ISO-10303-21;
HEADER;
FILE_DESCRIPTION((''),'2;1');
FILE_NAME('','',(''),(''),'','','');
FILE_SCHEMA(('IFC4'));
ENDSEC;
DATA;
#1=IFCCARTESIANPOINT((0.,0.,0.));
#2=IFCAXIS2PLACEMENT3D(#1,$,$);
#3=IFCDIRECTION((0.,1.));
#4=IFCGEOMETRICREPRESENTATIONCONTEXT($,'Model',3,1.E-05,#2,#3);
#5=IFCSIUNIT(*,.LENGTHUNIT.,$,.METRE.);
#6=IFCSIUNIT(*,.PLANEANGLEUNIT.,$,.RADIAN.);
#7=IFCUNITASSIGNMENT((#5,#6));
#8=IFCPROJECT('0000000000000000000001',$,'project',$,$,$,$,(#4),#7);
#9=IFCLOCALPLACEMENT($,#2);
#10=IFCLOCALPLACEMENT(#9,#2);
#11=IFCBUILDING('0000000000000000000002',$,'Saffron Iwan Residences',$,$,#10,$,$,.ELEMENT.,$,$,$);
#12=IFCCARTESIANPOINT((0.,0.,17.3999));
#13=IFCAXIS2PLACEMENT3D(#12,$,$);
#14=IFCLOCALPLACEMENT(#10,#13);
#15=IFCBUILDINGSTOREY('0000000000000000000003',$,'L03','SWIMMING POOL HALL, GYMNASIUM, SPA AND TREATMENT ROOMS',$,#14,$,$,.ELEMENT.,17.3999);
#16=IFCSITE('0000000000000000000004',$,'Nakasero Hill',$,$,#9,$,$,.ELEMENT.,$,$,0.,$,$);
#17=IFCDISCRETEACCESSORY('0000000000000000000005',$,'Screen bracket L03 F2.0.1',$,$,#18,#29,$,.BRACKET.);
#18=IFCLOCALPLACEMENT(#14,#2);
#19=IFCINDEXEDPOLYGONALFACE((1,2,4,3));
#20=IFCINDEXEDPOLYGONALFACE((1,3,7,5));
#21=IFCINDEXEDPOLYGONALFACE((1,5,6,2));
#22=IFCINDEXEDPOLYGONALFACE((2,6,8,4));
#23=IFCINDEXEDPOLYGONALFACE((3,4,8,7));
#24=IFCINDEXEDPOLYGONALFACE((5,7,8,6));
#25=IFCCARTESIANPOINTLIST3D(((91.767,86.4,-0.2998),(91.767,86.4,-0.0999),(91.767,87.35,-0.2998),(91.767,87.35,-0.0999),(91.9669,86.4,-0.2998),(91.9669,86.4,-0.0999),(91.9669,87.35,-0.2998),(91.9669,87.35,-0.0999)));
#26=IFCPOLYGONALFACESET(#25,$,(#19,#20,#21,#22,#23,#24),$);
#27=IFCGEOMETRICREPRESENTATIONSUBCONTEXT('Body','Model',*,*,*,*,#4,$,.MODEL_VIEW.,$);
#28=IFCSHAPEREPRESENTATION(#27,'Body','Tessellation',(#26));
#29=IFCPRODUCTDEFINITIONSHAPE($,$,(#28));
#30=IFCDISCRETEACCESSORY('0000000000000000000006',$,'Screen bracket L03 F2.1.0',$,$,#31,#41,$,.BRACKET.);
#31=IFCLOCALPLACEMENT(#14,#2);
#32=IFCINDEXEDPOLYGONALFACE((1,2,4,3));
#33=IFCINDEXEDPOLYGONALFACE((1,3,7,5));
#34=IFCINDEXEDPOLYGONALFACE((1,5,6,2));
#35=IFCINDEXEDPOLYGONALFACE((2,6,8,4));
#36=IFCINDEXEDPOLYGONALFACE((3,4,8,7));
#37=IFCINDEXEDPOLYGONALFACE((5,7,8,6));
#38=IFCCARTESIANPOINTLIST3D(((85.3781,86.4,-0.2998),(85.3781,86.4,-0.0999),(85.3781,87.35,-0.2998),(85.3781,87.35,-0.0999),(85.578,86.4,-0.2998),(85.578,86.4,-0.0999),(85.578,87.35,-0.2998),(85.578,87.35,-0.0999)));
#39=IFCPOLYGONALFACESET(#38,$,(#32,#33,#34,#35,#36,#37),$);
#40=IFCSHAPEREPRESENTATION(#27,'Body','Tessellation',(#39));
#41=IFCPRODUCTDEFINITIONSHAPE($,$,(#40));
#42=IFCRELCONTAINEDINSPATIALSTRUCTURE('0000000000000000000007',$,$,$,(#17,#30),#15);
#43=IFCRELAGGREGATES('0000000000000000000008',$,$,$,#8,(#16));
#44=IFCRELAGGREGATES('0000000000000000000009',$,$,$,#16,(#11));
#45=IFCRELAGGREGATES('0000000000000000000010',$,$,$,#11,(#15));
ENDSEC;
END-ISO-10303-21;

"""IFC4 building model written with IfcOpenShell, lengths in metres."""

from ifc_helpers import new_model, si_unit, direction, frame, origin, origin_2d, place, context, subcontext, project, spatial, rectangle, extrude, source, transform, mapped, element, save


model = new_model("IFC4")

# Units and contexts
model_context = context("Model", 3, precision=1e-05, world=origin(), true_north=direction((0.0, 1.0)))
body_context = subcontext(model_context, "Body", "Model", "MODEL_VIEW")
ifc_project = project(units=[si_unit("LENGTHUNIT", "METRE"), si_unit("PLANEANGLEUNIT", "RADIAN")], contexts=[model_context])

# Site, building, storey
site_placement = place(None, origin())
site = spatial("IfcSite", under=ifc_project, at=site_placement, Name="Nakasero Hill", CompositionType="ELEMENT", RefElevation=0.0)
building_placement = place(site_placement, origin())
building = spatial("IfcBuilding", under=site, at=building_placement, Name="Saffron Iwan Residences", CompositionType="ELEMENT")
storey_placement = place(building_placement, frame((0.0, 0.0, 17.3999)))
storey = spatial("IfcBuildingStorey", under=building, at=storey_placement, Name="L03", Description="SWIMMING POOL HALL, GYMNASIUM, SPA AND TREATMENT ROOMS", CompositionType="ELEMENT", Elevation=17.3999)

# Discrete accessories
shared_shape_1 = source(origin(), body_context, "Body", "SweptSolid", [
    extrude(rectangle(XDim=0.95, YDim=0.2, at=origin_2d()), origin(), (0.0, 0.0, 1.0), 0.2),
])
for number, where, z_axis, x_axis, name in (
    (1, (91.8669, 86.875, -0.2998), (0.0, 0.0, 1.0), (0.0, 1.0, 0.0), "Screen bracket L03 F2.0.1"),
    (2, (85.478, 86.875, -0.2998), (0.0, 0.0, 1.0), (0.0, 1.0, 0.0), "Screen bracket L03 F2.1.0"),
):
    element("IfcDiscreteAccessory", number, at=place(storey_placement, frame(where, z_axis=z_axis, x_axis=x_axis)), inside=storey, Name=name, PredefinedType="BRACKET", context=body_context, shape_type="MappedRepresentation", body=[
        mapped(shared_shape_1, transform((0.0, 0.0, 0.0))),
    ])

save(model, "model.ifc")
